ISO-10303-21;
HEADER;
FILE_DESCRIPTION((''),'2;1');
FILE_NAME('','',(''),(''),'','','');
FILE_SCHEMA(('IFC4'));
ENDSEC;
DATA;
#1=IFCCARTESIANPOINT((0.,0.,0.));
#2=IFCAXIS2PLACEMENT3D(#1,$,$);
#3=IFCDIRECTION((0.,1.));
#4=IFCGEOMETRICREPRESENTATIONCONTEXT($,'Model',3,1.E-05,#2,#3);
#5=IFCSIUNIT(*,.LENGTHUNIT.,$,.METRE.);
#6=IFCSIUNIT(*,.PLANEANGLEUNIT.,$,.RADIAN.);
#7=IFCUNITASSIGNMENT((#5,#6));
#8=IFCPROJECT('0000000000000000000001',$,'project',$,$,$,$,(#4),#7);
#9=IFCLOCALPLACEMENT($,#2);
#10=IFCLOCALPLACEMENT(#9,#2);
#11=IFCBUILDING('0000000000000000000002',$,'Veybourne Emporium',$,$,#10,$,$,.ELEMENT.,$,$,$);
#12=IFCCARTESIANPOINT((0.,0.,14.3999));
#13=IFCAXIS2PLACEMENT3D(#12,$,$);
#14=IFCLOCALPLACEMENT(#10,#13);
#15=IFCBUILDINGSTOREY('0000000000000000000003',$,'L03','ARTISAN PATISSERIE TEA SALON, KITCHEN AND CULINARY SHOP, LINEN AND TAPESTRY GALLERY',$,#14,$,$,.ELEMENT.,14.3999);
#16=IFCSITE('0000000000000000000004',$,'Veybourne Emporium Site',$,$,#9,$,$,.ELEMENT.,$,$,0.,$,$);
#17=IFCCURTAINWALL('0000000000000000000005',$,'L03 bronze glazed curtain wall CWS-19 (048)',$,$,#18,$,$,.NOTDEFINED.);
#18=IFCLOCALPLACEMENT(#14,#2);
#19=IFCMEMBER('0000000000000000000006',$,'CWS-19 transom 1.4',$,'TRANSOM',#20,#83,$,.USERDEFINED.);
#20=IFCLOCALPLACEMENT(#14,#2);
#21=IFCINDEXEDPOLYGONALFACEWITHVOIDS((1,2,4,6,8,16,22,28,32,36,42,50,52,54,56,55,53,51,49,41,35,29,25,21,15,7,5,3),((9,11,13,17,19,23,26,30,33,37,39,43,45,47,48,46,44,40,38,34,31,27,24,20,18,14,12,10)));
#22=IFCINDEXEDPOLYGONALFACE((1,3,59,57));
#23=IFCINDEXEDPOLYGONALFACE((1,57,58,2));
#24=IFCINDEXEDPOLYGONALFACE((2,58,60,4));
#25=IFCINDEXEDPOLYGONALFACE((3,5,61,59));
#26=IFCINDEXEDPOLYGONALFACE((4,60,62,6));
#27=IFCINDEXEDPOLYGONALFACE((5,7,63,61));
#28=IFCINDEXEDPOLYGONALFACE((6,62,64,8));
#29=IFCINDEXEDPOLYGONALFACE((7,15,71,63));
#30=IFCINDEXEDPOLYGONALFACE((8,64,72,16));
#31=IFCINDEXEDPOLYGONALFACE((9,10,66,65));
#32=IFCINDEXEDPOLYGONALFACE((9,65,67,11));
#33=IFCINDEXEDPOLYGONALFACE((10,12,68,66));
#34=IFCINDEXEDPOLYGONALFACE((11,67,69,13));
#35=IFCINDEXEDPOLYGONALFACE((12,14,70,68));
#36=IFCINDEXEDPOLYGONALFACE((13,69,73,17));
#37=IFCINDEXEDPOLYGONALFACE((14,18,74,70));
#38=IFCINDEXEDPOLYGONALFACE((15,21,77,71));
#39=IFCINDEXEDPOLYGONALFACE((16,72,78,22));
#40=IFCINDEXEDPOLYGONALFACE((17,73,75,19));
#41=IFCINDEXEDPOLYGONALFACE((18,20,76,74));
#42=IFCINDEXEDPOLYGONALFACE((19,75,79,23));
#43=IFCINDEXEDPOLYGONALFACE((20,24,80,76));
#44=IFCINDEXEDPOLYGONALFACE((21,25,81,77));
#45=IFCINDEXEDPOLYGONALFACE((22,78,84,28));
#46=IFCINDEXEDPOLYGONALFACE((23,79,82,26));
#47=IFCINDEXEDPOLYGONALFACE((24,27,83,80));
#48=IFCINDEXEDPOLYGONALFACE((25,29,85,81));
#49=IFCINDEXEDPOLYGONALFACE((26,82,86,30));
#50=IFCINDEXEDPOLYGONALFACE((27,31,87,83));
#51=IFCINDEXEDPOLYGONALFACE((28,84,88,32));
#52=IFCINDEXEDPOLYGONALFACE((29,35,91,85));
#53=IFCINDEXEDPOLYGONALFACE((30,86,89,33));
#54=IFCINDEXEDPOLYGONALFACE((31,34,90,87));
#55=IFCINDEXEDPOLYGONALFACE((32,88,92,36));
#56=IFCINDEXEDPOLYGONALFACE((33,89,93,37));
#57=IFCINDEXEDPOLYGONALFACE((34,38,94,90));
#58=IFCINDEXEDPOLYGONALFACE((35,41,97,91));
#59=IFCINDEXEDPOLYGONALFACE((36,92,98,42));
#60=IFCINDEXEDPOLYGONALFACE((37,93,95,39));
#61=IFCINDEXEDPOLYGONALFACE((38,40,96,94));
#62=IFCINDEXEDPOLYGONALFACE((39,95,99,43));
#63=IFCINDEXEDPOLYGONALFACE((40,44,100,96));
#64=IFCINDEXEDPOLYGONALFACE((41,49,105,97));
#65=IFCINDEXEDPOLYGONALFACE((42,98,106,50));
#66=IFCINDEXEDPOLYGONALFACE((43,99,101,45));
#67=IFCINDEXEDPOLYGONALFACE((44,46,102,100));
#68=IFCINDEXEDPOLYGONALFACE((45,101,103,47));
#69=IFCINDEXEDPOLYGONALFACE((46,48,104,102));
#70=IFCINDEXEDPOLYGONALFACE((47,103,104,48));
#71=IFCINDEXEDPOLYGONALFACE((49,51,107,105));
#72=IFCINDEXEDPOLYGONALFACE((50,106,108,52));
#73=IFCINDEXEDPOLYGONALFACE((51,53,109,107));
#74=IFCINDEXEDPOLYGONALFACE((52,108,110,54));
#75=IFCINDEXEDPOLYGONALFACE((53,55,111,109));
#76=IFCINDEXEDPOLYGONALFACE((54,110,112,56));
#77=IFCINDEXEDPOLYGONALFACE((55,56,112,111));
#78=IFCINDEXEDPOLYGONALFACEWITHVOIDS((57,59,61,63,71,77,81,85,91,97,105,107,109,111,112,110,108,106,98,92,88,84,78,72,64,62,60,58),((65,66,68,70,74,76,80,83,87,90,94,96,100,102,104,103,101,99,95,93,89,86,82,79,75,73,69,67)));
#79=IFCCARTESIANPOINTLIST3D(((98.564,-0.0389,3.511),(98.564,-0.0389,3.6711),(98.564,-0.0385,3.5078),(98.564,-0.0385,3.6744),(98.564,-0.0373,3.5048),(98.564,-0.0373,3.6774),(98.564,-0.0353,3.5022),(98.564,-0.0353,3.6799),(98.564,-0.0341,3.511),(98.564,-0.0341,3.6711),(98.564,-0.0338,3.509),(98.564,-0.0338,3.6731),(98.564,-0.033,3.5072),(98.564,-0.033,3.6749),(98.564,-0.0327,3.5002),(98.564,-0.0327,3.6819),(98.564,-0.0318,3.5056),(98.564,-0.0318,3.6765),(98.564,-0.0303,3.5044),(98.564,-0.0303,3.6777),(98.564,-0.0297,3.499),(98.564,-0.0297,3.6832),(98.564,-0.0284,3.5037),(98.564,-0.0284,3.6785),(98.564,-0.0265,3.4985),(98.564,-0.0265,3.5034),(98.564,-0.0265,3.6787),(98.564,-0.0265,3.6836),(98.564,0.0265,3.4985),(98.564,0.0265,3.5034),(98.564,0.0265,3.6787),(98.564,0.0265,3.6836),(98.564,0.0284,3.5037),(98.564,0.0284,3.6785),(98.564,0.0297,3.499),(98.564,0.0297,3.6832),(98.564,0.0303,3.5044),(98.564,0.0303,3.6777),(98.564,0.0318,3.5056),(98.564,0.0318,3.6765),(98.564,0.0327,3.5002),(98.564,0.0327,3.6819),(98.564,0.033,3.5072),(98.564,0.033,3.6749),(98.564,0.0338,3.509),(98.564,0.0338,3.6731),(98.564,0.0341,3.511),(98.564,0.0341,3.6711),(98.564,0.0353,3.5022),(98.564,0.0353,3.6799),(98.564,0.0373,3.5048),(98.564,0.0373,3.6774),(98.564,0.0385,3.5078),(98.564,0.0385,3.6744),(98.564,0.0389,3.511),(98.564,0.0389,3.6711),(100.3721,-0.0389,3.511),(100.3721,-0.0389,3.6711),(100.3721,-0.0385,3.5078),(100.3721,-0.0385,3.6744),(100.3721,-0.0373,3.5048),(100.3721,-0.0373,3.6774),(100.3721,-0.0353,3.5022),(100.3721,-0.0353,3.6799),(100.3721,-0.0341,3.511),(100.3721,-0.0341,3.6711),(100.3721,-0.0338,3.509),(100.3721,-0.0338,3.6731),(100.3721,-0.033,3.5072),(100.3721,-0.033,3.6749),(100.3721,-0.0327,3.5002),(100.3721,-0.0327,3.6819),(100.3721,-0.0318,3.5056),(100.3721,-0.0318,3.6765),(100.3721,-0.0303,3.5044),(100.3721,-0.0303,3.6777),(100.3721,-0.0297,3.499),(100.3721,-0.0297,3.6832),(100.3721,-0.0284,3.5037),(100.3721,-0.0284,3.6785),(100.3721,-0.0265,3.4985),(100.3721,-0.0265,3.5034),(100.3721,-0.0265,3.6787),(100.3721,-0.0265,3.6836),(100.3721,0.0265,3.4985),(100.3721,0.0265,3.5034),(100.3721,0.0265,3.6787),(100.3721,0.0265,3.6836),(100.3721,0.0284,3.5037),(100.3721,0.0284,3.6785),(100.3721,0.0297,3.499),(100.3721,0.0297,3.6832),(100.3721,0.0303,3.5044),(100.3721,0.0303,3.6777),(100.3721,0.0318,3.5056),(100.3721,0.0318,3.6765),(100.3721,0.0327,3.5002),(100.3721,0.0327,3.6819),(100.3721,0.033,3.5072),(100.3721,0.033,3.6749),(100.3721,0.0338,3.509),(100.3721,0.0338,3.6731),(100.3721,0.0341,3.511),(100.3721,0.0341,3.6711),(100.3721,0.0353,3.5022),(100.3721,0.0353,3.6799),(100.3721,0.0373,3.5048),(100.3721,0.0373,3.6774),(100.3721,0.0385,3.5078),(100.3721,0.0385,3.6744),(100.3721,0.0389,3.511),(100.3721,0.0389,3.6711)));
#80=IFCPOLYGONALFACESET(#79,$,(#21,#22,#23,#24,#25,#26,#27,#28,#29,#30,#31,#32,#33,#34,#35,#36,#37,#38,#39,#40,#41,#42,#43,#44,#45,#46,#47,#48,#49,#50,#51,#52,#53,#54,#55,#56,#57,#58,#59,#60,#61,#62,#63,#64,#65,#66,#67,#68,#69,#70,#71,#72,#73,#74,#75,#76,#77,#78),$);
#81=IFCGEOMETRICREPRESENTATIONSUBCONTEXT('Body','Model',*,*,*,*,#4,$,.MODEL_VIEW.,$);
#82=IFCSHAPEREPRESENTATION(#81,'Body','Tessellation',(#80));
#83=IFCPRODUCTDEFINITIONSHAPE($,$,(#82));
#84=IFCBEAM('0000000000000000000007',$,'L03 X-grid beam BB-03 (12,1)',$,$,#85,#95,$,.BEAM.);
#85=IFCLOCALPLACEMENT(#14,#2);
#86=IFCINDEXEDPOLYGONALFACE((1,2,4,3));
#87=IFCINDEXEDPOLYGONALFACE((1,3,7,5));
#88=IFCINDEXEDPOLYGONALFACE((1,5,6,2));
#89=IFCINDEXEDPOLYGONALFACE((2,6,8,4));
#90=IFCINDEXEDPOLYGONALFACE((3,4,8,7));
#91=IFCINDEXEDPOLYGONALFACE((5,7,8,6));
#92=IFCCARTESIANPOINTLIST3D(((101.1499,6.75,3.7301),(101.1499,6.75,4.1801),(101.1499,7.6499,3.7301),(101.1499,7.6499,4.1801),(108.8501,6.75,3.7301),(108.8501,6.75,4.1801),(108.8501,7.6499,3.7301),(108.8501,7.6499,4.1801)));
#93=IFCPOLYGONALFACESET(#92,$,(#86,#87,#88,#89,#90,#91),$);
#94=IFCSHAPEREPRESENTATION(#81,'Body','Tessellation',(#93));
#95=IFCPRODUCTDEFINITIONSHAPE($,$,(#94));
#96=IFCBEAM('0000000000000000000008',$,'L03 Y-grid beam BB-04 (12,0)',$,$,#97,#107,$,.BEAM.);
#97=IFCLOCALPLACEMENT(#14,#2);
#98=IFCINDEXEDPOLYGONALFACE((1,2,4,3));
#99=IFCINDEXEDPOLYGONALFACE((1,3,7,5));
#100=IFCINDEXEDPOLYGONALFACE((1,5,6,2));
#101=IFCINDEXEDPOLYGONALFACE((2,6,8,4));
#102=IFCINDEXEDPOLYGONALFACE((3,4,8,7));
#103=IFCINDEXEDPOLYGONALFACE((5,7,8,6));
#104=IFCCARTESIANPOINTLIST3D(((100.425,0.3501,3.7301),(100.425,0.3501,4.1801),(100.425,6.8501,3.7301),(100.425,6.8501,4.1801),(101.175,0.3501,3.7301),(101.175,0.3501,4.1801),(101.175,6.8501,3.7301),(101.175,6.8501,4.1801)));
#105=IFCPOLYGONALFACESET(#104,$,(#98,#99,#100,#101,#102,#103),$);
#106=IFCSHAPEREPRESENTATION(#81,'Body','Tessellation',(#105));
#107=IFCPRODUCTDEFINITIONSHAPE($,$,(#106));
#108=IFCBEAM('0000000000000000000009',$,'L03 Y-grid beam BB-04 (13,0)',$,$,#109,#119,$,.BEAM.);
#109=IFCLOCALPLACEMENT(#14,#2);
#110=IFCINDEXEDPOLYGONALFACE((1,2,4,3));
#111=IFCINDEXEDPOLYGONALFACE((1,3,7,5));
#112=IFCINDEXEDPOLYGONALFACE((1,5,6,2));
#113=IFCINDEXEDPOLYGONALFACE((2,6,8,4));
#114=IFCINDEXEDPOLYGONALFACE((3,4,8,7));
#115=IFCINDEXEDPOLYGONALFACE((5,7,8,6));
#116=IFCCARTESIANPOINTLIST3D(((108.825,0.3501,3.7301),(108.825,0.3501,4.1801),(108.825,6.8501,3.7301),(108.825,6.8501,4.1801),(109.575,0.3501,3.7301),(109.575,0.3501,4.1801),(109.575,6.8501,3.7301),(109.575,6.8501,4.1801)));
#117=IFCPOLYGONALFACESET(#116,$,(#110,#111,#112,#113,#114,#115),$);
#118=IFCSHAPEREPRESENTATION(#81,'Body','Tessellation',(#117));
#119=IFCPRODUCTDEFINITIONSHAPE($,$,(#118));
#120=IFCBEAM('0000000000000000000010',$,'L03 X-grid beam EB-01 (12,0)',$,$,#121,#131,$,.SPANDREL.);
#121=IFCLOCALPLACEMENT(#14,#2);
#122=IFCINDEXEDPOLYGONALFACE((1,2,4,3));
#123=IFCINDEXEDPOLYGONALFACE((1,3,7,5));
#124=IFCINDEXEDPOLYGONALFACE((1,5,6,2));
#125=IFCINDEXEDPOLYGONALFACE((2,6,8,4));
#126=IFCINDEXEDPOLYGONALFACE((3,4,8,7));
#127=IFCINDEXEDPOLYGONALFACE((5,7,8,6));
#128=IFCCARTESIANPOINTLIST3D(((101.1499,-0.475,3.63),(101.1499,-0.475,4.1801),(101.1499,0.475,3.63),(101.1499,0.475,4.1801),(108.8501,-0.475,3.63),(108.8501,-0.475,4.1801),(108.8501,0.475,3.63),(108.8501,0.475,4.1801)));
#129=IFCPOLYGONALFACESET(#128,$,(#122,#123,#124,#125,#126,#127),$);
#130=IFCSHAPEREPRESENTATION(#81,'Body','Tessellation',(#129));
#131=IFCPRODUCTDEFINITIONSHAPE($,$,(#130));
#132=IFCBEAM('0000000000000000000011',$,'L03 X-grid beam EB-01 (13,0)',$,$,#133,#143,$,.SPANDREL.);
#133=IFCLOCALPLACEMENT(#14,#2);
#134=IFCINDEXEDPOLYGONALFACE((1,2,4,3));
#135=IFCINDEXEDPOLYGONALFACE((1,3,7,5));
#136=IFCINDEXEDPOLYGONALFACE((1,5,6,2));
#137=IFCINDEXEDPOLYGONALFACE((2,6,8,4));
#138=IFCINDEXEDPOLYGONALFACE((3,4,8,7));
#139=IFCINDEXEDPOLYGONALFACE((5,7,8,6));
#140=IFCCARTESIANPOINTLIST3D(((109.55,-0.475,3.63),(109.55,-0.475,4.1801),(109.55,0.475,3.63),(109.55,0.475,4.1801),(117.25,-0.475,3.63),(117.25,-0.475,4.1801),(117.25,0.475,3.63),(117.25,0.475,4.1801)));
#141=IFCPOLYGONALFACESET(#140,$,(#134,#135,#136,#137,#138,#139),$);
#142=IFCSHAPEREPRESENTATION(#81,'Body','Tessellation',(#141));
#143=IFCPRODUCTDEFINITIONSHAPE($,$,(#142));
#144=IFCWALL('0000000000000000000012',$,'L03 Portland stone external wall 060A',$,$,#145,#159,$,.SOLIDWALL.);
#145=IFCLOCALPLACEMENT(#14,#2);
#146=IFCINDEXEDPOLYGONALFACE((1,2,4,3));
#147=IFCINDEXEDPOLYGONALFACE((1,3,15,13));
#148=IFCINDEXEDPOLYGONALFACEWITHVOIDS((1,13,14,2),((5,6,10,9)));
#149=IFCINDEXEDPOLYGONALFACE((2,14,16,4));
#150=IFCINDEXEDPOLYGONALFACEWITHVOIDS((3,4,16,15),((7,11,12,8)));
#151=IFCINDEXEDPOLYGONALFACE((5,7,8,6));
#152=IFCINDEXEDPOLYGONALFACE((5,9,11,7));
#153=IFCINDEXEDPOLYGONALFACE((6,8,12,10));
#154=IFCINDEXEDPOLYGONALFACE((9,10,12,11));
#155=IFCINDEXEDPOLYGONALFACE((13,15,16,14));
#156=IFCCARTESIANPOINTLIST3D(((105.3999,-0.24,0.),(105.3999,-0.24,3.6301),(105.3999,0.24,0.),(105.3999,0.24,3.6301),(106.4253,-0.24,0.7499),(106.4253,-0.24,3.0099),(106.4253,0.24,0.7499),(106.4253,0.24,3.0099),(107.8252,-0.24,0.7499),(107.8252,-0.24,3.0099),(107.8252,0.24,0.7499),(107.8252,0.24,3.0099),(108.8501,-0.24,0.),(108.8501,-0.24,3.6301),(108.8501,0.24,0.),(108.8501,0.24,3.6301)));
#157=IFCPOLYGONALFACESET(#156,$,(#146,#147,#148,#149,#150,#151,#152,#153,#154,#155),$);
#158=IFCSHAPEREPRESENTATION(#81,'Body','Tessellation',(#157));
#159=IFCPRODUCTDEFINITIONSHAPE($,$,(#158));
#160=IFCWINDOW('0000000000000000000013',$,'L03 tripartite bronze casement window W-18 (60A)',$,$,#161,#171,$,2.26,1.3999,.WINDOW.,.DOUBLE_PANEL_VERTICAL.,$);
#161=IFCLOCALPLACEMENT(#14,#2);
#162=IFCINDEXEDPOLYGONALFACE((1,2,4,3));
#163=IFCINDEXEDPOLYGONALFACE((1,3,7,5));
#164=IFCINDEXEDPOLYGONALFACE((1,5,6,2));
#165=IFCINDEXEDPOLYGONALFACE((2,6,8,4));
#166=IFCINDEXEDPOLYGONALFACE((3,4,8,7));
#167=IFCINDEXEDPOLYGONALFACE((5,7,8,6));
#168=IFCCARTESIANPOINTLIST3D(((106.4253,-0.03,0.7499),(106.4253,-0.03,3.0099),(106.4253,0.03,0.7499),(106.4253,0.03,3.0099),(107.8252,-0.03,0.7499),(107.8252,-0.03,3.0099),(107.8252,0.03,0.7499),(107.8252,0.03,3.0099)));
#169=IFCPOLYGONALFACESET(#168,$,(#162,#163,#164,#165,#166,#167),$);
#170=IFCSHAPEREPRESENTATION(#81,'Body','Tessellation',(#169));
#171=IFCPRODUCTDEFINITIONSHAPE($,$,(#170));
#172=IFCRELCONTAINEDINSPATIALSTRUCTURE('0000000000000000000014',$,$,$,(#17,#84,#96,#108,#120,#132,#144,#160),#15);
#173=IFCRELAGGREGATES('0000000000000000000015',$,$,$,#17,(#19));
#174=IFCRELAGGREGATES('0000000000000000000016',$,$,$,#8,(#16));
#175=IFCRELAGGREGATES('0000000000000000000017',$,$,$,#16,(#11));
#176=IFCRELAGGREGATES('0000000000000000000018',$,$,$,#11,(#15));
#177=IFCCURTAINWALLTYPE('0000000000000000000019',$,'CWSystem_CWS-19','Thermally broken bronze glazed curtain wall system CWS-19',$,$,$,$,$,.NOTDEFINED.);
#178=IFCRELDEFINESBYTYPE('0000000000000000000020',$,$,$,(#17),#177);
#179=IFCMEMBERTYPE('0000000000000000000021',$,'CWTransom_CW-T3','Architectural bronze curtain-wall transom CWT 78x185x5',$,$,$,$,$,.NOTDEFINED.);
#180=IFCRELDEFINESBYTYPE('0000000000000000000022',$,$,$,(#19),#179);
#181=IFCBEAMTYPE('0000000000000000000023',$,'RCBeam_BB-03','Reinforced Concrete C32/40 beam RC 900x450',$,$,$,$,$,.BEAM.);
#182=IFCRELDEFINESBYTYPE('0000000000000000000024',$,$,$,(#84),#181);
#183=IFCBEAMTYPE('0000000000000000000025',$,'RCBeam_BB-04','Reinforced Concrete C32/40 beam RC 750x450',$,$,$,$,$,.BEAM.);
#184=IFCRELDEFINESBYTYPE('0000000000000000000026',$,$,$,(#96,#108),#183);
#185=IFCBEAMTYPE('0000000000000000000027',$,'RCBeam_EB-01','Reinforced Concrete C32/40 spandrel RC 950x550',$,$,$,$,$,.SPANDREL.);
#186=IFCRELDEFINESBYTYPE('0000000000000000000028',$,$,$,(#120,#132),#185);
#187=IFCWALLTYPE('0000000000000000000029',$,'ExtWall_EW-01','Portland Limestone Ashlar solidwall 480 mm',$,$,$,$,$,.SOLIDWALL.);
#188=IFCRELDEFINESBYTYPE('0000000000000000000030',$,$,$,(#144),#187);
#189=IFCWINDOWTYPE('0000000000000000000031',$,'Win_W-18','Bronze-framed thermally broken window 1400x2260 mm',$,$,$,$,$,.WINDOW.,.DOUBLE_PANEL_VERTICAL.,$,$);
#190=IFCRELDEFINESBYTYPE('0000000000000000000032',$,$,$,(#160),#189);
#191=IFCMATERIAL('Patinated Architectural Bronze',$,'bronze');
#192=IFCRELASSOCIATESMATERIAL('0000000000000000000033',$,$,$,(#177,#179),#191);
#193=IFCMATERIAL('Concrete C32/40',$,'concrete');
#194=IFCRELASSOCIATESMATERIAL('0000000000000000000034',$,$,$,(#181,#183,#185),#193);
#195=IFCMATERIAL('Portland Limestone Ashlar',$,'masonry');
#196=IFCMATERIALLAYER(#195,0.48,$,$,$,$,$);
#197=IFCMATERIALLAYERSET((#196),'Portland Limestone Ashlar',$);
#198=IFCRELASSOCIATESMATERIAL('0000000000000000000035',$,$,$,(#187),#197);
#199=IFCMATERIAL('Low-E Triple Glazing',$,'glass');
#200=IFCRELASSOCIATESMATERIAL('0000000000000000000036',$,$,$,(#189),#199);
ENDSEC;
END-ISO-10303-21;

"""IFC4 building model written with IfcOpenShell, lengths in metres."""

from ifc_helpers import new_model, si_unit, direction, frame, frame_2d, origin, origin_2d, place, context, subcontext, project, spatial, rectangle, hollow_rectangle, extrude, material, layer, layer_set, material_profile, profile_set, type_object, element, fill, aggregate, save


model = new_model("IFC4")

# Units and contexts
model_context = context("Model", 3, precision=1e-05, world=origin(), true_north=direction((0.0, 1.0)))
body_context = subcontext(model_context, "Body", "Model", "MODEL_VIEW")
ifc_project = project(units=[si_unit("LENGTHUNIT", "METRE"), si_unit("PLANEANGLEUNIT", "RADIAN")], contexts=[model_context])

# Site, building, storey
site_placement = place(None, origin())
site = spatial("IfcSite", under=ifc_project, at=site_placement, Name="Veybourne Emporium Site", CompositionType="ELEMENT", RefElevation=0.0)
building_placement = place(site_placement, origin())
building = spatial("IfcBuilding", under=site, at=building_placement, Name="Veybourne Emporium", CompositionType="ELEMENT")
storey_placement = place(building_placement, frame((0.0, 0.0, 14.3999)))
storey = spatial("IfcBuildingStorey", under=building, at=storey_placement, Name="L03", Description="ARTISAN PATISSERIE TEA SALON, KITCHEN AND CULINARY SHOP, LINEN AND TAPESTRY GALLERY", CompositionType="ELEMENT", Elevation=14.3999)

# Curtain wall, member
ifc_material_1 = material(Name="Patinated Architectural Bronze", Category="bronze")
curtain_wall_type = type_object("IfcCurtainWallType", Name="CWSystem_CWS-19", Description="Thermally broken bronze glazed curtain wall system CWS-19", PredefinedType="NOTDEFINED", material=ifc_material_1)
curtain_wall_placement = place(storey_placement, origin())
curtain_wall = element("IfcCurtainWall", 1, at=curtain_wall_placement, inside=storey, type_object=curtain_wall_type, Name="L03 bronze glazed curtain wall CWS-19 (048)", PredefinedType="NOTDEFINED")
ifc_material_profile_1 = material_profile(ifc_material_1, hollow_rectangle(XDim=0.0779, YDim=0.1851, WallThickness=0.0049, InnerFilletRadius=0.0076, OuterFilletRadius=0.0125, at=origin_2d()), Name="CWT 78x185x5")
ifc_profile_set_1 = profile_set([ifc_material_profile_1], Name="Patinated Architectural Bronze")
member_type_1 = type_object("IfcMemberType", Name="CWTransom_CW-T3", Description="Architectural bronze curtain-wall transom CWT 78x185x5", PredefinedType="NOTDEFINED", material=ifc_profile_set_1)
member_1_placement = place(storey_placement, frame((100.3721, 0.0, 3.5911), z_axis=(-1.0, 0.0, 0.0), x_axis=(0.0, -1.0, 0.0)))
member_1 = element("IfcMember", 2, at=member_1_placement, type_object=member_type_1, Name="CWS-19 transom 1.4", ObjectType="TRANSOM", PredefinedType="USERDEFINED", context=body_context, shape_type="SweptSolid", body=[
    extrude(hollow_rectangle(XDim=0.0779, YDim=0.1851, WallThickness=0.0049, InnerFilletRadius=0.0076, OuterFilletRadius=0.0125, at=origin_2d()), origin(), (0.0, 0.0, 1.0), 1.8081),
])
aggregate(curtain_wall, [member_1])

# Beams
ifc_material_2 = material(Name="Concrete C32/40", Category="concrete")
ifc_material_profile_2 = material_profile(ifc_material_2, rectangle(XDim=0.8999, YDim=0.45, at=origin_2d()), Name="RC 900x450")
ifc_profile_set_2 = profile_set([ifc_material_profile_2], Name="Concrete C32/40")
beam_type_1 = type_object("IfcBeamType", Name="RCBeam_BB-03", Description="Reinforced Concrete C32/40 beam RC 900x450", PredefinedType="BEAM", material=ifc_profile_set_2)
beam_1_placement = place(storey_placement, frame((101.1499, 7.2, 3.9551), z_axis=(1.0, 0.0, 0.0), x_axis=(0.0, 1.0, 0.0)))
element("IfcBeam", 3, at=beam_1_placement, inside=storey, type_object=beam_type_1, Name="L03 X-grid beam BB-03 (12,1)", PredefinedType="BEAM", context=body_context, shape_type="SweptSolid", body=[
    extrude(rectangle(XDim=0.8999, YDim=0.45, at=origin_2d()), origin(), (0.0, 0.0, 1.0), 7.7002),
])
ifc_material_profile_3 = material_profile(ifc_material_2, rectangle(XDim=0.75, YDim=0.45, at=origin_2d()), Name="RC 750x450")
ifc_profile_set_3 = profile_set([ifc_material_profile_3], Name="Concrete C32/40")
beam_type_2 = type_object("IfcBeamType", Name="RCBeam_BB-04", Description="Reinforced Concrete C32/40 beam RC 750x450", PredefinedType="BEAM", material=ifc_profile_set_3)
for number, where, z_axis, x_axis, name in (
    (4, (100.8, 0.3501, 3.9551), (0.0, 1.0, 0.0), (-1.0, 0.0, 0.0), "L03 Y-grid beam BB-04 (12,0)"),
    (5, (109.2, 0.3501, 3.9551), (0.0, 1.0, 0.0), (-1.0, 0.0, 0.0), "L03 Y-grid beam BB-04 (13,0)"),
):
    element("IfcBeam", number, at=place(storey_placement, frame(where, z_axis=z_axis, x_axis=x_axis)), inside=storey, type_object=beam_type_2, Name=name, PredefinedType="BEAM", context=body_context, shape_type="SweptSolid", body=[
        extrude(rectangle(XDim=0.75, YDim=0.45, at=origin_2d()), origin(), (0.0, 0.0, 1.0), 6.5),
    ])
ifc_material_profile_4 = material_profile(ifc_material_2, rectangle(XDim=0.95, YDim=0.55, at=origin_2d()), Name="RC 950x550")
ifc_profile_set_4 = profile_set([ifc_material_profile_4], Name="Concrete C32/40")
beam_type_3 = type_object("IfcBeamType", Name="RCBeam_EB-01", Description="Reinforced Concrete C32/40 spandrel RC 950x550", PredefinedType="SPANDREL", material=ifc_profile_set_4)
beam_2_placement = place(storey_placement, frame((101.1499, 0.0, 3.905), z_axis=(1.0, 0.0, 0.0), x_axis=(0.0, 1.0, 0.0)))
element("IfcBeam", 6, at=beam_2_placement, inside=storey, type_object=beam_type_3, Name="L03 X-grid beam EB-01 (12,0)", PredefinedType="SPANDREL", context=body_context, shape_type="SweptSolid", body=[
    extrude(rectangle(XDim=0.95, YDim=0.55, at=origin_2d()), origin(), (0.0, 0.0, 1.0), 7.7002),
])
beam_3_placement = place(storey_placement, frame((109.55, 0.0, 3.905), z_axis=(1.0, 0.0, 0.0), x_axis=(0.0, 1.0, 0.0)))
element("IfcBeam", 7, at=beam_3_placement, inside=storey, type_object=beam_type_3, Name="L03 X-grid beam EB-01 (13,0)", PredefinedType="SPANDREL", context=body_context, shape_type="SweptSolid", body=[
    extrude(rectangle(XDim=0.95, YDim=0.55, at=origin_2d()), origin(), (0.0, 0.0, 1.0), 7.7),
])

# Wall, opening, window
ifc_material_3 = material(Name="Portland Limestone Ashlar", Category="masonry")
ifc_layer_1 = layer(ifc_material_3, 0.48)
ifc_layer_set_1 = layer_set([ifc_layer_1], Name="Portland Limestone Ashlar")
wall_type_1 = type_object("IfcWallType", Name="ExtWall_EW-01", Description="Portland Limestone Ashlar solidwall 480 mm", PredefinedType="SOLIDWALL", material=ifc_layer_set_1)
wall_1_placement = place(storey_placement, frame((108.8501, 0.0, 0.0), z_axis=(0.0, 0.0, 1.0), x_axis=(-1.0, 0.0, 0.0)))
wall_1 = element("IfcWall", 8, at=wall_1_placement, inside=storey, type_object=wall_type_1, Name="L03 Portland stone external wall 060A", PredefinedType="SOLIDWALL", context=body_context, shape_type="SweptSolid", body=[
    extrude(rectangle(XDim=3.4502, YDim=0.48, at=frame_2d((1.7251, 0.0))), origin(), (0.0, 0.0, 1.0), 3.6301),
])
opening_1_placement = place(wall_1_placement, frame((1.0249, 0.0, 0.75)))
opening_1 = element("IfcOpeningElement", 9, at=opening_1_placement, cuts=wall_1, PredefinedType="OPENING", context=body_context, shape_type="SweptSolid", body=[
    extrude(rectangle(XDim=1.3999, YDim=2.26, at=frame_2d((0.7, 1.1299))), frame((0.0, 0.26, 0.0), z_axis=(0.0, -1.0, 0.0), x_axis=(1.0, 0.0, 0.0)), (0.0, 0.0, 1.0), 0.52),
])
ifc_material_4 = material(Name="Low-E Triple Glazing", Category="glass")
window_type_1 = type_object("IfcWindowType", Name="Win_W-18", Description="Bronze-framed thermally broken window 1400x2260 mm", PartitioningType="DOUBLE_PANEL_VERTICAL", PredefinedType="WINDOW", material=ifc_material_4)
window_1_placement = place(opening_1_placement, origin())
window_1 = element("IfcWindow", 10, at=window_1_placement, inside=storey, type_object=window_type_1, Name="L03 tripartite bronze casement window W-18 (60A)", OverallHeight=2.26, OverallWidth=1.3999, PartitioningType="DOUBLE_PANEL_VERTICAL", PredefinedType="WINDOW", context=body_context, shape_type="SweptSolid", body=[
    extrude(rectangle(XDim=1.3999, YDim=2.26, at=frame_2d((0.7, 1.1299))), frame((0.0, 0.03, 0.0), z_axis=(0.0, -1.0, 0.0), x_axis=(1.0, 0.0, 0.0)), (0.0, 0.0, 1.0), 0.0601),
])
fill(opening_1, window_1)

save(model, "model.ifc")
